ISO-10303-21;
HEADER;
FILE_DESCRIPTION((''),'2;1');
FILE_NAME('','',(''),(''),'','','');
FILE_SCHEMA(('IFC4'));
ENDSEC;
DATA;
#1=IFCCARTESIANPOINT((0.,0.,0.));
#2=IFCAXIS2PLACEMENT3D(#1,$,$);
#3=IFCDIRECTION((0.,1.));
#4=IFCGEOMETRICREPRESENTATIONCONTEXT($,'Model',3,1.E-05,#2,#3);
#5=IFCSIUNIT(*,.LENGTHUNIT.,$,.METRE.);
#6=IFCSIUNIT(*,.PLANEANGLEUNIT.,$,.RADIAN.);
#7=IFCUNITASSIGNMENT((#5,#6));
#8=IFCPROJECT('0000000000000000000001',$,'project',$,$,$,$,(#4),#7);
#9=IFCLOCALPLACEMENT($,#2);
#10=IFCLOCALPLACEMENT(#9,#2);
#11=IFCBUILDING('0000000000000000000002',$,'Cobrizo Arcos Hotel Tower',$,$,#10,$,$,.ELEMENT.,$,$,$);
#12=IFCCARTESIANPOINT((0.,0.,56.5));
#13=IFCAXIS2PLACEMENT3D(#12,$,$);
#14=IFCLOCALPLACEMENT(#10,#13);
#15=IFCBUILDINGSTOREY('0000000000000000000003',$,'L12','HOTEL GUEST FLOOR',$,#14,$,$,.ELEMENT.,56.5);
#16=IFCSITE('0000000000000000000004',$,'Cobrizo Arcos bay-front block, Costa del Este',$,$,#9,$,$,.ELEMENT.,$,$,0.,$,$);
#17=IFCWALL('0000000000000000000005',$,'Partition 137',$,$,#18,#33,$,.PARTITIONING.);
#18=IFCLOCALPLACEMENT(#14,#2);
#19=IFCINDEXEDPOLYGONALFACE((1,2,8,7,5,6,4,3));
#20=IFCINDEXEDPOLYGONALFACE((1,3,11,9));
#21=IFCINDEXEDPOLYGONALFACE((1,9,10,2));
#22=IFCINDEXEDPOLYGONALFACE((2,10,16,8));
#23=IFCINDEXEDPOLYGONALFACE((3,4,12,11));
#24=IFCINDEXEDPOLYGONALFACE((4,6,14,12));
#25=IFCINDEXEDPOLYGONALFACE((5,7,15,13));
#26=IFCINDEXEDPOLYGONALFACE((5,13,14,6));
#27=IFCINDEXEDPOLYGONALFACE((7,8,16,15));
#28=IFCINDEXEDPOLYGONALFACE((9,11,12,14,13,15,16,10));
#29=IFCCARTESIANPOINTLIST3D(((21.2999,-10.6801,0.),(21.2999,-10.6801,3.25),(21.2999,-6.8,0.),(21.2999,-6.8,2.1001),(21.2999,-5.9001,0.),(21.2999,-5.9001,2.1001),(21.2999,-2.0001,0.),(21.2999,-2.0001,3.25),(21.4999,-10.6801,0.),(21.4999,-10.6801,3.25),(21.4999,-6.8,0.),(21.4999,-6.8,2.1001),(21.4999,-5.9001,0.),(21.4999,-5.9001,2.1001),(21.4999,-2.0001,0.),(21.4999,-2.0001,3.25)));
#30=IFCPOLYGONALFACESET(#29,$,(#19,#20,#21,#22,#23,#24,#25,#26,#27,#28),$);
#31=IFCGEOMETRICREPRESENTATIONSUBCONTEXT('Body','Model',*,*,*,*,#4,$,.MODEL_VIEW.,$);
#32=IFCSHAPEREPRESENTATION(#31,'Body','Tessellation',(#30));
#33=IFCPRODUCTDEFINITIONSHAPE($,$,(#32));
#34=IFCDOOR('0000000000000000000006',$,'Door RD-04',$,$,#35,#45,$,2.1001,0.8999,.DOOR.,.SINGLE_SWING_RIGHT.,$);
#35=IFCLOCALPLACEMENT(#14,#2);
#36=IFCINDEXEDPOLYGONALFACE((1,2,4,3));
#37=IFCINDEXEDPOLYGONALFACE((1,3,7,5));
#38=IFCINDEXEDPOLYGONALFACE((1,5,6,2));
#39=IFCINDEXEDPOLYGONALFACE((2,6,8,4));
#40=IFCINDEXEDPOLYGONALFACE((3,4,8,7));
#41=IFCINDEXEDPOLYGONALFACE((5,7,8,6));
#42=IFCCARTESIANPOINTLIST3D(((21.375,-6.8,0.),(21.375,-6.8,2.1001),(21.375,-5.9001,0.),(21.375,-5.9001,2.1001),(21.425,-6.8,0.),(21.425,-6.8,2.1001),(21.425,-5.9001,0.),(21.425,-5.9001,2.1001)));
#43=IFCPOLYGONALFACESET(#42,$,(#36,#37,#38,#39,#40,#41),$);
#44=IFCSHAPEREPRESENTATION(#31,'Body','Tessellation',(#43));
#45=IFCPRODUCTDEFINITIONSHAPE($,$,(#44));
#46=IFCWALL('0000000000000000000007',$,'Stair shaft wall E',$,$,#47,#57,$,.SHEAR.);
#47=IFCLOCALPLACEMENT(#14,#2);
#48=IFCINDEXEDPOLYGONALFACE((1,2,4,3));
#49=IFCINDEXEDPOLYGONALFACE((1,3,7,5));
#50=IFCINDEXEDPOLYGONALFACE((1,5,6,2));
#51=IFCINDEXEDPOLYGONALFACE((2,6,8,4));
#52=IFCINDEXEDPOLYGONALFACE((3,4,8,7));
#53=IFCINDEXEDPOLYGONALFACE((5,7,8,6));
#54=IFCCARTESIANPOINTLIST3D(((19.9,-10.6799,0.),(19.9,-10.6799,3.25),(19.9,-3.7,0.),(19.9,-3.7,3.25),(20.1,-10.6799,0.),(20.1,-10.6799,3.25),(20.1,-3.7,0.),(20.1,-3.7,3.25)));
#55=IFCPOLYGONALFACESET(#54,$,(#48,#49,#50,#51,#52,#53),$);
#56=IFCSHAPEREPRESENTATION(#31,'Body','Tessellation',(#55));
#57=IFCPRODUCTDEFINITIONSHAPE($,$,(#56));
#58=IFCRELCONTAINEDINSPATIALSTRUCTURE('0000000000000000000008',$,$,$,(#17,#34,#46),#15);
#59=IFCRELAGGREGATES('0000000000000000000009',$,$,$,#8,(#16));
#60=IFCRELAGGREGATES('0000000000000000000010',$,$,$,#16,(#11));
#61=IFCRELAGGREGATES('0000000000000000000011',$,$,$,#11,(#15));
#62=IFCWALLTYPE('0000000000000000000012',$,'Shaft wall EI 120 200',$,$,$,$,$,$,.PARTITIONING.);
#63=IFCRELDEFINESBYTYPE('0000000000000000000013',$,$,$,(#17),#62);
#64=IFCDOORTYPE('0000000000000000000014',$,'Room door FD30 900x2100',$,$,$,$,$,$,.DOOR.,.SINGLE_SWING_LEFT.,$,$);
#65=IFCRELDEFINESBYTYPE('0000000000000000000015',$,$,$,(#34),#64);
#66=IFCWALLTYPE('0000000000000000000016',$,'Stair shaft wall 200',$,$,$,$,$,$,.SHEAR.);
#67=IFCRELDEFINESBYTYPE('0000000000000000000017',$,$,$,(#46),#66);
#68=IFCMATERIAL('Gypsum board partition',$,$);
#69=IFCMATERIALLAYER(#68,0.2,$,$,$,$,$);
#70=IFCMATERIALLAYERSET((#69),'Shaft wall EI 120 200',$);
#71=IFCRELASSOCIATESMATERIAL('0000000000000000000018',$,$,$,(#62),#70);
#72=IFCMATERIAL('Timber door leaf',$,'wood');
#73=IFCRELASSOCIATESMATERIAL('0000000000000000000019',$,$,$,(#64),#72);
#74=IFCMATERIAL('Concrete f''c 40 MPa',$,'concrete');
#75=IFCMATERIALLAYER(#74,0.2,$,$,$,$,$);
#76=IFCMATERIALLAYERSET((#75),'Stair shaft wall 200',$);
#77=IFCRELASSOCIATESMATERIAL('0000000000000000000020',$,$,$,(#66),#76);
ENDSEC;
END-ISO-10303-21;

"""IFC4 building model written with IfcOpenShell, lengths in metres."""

from ifc_helpers import new_model, si_unit, direction, frame, frame_2d, origin, place, context, subcontext, project, spatial, rectangle, extrude, material, layer, layer_set, type_object, element, fill, save


model = new_model("IFC4")

# Units and contexts
model_context = context("Model", 3, precision=1e-05, world=origin(), true_north=direction((0.0, 1.0)))
body_context = subcontext(model_context, "Body", "Model", "MODEL_VIEW")
ifc_project = project(units=[si_unit("LENGTHUNIT", "METRE"), si_unit("PLANEANGLEUNIT", "RADIAN")], contexts=[model_context])

# Site, building, storey
site_placement = place(None, origin())
site = spatial("IfcSite", under=ifc_project, at=site_placement, Name="Cobrizo Arcos bay-front block, Costa del Este", CompositionType="ELEMENT", RefElevation=0.0)
building_placement = place(site_placement, origin())
building = spatial("IfcBuilding", under=site, at=building_placement, Name="Cobrizo Arcos Hotel Tower", CompositionType="ELEMENT")
storey_placement = place(building_placement, frame((0.0, 0.0, 56.5)))
storey = spatial("IfcBuildingStorey", under=building, at=storey_placement, Name="L12", Description="HOTEL GUEST FLOOR", CompositionType="ELEMENT", Elevation=56.5)

# Shared definitions
ifc_material_1 = material(Name="Gypsum board partition")
ifc_material_2 = material(Name="Timber door leaf", Category="wood")

# Wall, opening, door
ifc_layer_1 = layer(ifc_material_1, 0.2)
ifc_layer_set_1 = layer_set([ifc_layer_1], Name="Shaft wall EI 120 200")
wall_type_1 = type_object("IfcWallType", Name="Shaft wall EI 120 200", PredefinedType="PARTITIONING", material=ifc_layer_set_1)
wall_1_placement = place(storey_placement, frame((21.3999, -10.6799, 0.0), z_axis=(0.0, 0.0, 1.0), x_axis=(0.0, 1.0, 0.0)))
wall_1 = element("IfcWall", 1, at=wall_1_placement, inside=storey, type_object=wall_type_1, Name="Partition 137", PredefinedType="PARTITIONING", context=body_context, shape_type="SweptSolid", body=[
    extrude(rectangle(XDim=8.6799, YDim=0.2, at=frame_2d((4.3398, 0.0))), origin(), (0.0, 0.0, 1.0), 3.25),
])
opening_1_placement = place(wall_1_placement, frame((3.8799, 0.0, 0.0)))
opening_1 = element("IfcOpeningElement", 2, at=opening_1_placement, cuts=wall_1, PredefinedType="OPENING", context=body_context, shape_type="SweptSolid", body=[
    extrude(rectangle(XDim=0.8999, YDim=2.1001, at=frame_2d((0.45, 1.05))), frame((0.0, 0.1121, 0.0), z_axis=(0.0, -1.0, 0.0), x_axis=(1.0, 0.0, 0.0)), (0.0, 0.0, 1.0), 0.2239),
])
door_type_1 = type_object("IfcDoorType", Name="Room door FD30 900x2100", OperationType="SINGLE_SWING_LEFT", PredefinedType="DOOR", material=ifc_material_2)
door_1_placement = place(opening_1_placement, origin())
door_1 = element("IfcDoor", 3, at=door_1_placement, inside=storey, type_object=door_type_1, Name="Door RD-04", OperationType="SINGLE_SWING_RIGHT", OverallHeight=2.1001, OverallWidth=0.8999, PredefinedType="DOOR", context=body_context, shape_type="SweptSolid", body=[
    extrude(rectangle(XDim=0.8999, YDim=2.1001, at=frame_2d((0.45, 1.05))), frame((0.0, 0.0249, 0.0), z_axis=(0.0, -1.0, 0.0), x_axis=(1.0, 0.0, 0.0)), (0.0, 0.0, 1.0), 0.05),
])
fill(opening_1, door_1)

# Wall
ifc_material_3 = material(Name="Concrete f'c 40 MPa", Category="concrete")
ifc_layer_2 = layer(ifc_material_3, 0.2)
ifc_layer_set_2 = layer_set([ifc_layer_2], Name="Stair shaft wall 200")
wall_type_2 = type_object("IfcWallType", Name="Stair shaft wall 200", PredefinedType="SHEAR", material=ifc_layer_set_2)
wall_2_placement = place(storey_placement, frame((20.0, -10.6799, 0.0), z_axis=(0.0, 0.0, 1.0), x_axis=(0.0, 1.0, 0.0)))
element("IfcWall", 4, at=wall_2_placement, inside=storey, type_object=wall_type_2, Name="Stair shaft wall E", PredefinedType="SHEAR", context=body_context, shape_type="SweptSolid", body=[
    extrude(rectangle(XDim=6.98, YDim=0.2, at=frame_2d((3.49, 0.0))), origin(), (0.0, 0.0, 1.0), 3.25),
])

save(model, "model.ifc")
